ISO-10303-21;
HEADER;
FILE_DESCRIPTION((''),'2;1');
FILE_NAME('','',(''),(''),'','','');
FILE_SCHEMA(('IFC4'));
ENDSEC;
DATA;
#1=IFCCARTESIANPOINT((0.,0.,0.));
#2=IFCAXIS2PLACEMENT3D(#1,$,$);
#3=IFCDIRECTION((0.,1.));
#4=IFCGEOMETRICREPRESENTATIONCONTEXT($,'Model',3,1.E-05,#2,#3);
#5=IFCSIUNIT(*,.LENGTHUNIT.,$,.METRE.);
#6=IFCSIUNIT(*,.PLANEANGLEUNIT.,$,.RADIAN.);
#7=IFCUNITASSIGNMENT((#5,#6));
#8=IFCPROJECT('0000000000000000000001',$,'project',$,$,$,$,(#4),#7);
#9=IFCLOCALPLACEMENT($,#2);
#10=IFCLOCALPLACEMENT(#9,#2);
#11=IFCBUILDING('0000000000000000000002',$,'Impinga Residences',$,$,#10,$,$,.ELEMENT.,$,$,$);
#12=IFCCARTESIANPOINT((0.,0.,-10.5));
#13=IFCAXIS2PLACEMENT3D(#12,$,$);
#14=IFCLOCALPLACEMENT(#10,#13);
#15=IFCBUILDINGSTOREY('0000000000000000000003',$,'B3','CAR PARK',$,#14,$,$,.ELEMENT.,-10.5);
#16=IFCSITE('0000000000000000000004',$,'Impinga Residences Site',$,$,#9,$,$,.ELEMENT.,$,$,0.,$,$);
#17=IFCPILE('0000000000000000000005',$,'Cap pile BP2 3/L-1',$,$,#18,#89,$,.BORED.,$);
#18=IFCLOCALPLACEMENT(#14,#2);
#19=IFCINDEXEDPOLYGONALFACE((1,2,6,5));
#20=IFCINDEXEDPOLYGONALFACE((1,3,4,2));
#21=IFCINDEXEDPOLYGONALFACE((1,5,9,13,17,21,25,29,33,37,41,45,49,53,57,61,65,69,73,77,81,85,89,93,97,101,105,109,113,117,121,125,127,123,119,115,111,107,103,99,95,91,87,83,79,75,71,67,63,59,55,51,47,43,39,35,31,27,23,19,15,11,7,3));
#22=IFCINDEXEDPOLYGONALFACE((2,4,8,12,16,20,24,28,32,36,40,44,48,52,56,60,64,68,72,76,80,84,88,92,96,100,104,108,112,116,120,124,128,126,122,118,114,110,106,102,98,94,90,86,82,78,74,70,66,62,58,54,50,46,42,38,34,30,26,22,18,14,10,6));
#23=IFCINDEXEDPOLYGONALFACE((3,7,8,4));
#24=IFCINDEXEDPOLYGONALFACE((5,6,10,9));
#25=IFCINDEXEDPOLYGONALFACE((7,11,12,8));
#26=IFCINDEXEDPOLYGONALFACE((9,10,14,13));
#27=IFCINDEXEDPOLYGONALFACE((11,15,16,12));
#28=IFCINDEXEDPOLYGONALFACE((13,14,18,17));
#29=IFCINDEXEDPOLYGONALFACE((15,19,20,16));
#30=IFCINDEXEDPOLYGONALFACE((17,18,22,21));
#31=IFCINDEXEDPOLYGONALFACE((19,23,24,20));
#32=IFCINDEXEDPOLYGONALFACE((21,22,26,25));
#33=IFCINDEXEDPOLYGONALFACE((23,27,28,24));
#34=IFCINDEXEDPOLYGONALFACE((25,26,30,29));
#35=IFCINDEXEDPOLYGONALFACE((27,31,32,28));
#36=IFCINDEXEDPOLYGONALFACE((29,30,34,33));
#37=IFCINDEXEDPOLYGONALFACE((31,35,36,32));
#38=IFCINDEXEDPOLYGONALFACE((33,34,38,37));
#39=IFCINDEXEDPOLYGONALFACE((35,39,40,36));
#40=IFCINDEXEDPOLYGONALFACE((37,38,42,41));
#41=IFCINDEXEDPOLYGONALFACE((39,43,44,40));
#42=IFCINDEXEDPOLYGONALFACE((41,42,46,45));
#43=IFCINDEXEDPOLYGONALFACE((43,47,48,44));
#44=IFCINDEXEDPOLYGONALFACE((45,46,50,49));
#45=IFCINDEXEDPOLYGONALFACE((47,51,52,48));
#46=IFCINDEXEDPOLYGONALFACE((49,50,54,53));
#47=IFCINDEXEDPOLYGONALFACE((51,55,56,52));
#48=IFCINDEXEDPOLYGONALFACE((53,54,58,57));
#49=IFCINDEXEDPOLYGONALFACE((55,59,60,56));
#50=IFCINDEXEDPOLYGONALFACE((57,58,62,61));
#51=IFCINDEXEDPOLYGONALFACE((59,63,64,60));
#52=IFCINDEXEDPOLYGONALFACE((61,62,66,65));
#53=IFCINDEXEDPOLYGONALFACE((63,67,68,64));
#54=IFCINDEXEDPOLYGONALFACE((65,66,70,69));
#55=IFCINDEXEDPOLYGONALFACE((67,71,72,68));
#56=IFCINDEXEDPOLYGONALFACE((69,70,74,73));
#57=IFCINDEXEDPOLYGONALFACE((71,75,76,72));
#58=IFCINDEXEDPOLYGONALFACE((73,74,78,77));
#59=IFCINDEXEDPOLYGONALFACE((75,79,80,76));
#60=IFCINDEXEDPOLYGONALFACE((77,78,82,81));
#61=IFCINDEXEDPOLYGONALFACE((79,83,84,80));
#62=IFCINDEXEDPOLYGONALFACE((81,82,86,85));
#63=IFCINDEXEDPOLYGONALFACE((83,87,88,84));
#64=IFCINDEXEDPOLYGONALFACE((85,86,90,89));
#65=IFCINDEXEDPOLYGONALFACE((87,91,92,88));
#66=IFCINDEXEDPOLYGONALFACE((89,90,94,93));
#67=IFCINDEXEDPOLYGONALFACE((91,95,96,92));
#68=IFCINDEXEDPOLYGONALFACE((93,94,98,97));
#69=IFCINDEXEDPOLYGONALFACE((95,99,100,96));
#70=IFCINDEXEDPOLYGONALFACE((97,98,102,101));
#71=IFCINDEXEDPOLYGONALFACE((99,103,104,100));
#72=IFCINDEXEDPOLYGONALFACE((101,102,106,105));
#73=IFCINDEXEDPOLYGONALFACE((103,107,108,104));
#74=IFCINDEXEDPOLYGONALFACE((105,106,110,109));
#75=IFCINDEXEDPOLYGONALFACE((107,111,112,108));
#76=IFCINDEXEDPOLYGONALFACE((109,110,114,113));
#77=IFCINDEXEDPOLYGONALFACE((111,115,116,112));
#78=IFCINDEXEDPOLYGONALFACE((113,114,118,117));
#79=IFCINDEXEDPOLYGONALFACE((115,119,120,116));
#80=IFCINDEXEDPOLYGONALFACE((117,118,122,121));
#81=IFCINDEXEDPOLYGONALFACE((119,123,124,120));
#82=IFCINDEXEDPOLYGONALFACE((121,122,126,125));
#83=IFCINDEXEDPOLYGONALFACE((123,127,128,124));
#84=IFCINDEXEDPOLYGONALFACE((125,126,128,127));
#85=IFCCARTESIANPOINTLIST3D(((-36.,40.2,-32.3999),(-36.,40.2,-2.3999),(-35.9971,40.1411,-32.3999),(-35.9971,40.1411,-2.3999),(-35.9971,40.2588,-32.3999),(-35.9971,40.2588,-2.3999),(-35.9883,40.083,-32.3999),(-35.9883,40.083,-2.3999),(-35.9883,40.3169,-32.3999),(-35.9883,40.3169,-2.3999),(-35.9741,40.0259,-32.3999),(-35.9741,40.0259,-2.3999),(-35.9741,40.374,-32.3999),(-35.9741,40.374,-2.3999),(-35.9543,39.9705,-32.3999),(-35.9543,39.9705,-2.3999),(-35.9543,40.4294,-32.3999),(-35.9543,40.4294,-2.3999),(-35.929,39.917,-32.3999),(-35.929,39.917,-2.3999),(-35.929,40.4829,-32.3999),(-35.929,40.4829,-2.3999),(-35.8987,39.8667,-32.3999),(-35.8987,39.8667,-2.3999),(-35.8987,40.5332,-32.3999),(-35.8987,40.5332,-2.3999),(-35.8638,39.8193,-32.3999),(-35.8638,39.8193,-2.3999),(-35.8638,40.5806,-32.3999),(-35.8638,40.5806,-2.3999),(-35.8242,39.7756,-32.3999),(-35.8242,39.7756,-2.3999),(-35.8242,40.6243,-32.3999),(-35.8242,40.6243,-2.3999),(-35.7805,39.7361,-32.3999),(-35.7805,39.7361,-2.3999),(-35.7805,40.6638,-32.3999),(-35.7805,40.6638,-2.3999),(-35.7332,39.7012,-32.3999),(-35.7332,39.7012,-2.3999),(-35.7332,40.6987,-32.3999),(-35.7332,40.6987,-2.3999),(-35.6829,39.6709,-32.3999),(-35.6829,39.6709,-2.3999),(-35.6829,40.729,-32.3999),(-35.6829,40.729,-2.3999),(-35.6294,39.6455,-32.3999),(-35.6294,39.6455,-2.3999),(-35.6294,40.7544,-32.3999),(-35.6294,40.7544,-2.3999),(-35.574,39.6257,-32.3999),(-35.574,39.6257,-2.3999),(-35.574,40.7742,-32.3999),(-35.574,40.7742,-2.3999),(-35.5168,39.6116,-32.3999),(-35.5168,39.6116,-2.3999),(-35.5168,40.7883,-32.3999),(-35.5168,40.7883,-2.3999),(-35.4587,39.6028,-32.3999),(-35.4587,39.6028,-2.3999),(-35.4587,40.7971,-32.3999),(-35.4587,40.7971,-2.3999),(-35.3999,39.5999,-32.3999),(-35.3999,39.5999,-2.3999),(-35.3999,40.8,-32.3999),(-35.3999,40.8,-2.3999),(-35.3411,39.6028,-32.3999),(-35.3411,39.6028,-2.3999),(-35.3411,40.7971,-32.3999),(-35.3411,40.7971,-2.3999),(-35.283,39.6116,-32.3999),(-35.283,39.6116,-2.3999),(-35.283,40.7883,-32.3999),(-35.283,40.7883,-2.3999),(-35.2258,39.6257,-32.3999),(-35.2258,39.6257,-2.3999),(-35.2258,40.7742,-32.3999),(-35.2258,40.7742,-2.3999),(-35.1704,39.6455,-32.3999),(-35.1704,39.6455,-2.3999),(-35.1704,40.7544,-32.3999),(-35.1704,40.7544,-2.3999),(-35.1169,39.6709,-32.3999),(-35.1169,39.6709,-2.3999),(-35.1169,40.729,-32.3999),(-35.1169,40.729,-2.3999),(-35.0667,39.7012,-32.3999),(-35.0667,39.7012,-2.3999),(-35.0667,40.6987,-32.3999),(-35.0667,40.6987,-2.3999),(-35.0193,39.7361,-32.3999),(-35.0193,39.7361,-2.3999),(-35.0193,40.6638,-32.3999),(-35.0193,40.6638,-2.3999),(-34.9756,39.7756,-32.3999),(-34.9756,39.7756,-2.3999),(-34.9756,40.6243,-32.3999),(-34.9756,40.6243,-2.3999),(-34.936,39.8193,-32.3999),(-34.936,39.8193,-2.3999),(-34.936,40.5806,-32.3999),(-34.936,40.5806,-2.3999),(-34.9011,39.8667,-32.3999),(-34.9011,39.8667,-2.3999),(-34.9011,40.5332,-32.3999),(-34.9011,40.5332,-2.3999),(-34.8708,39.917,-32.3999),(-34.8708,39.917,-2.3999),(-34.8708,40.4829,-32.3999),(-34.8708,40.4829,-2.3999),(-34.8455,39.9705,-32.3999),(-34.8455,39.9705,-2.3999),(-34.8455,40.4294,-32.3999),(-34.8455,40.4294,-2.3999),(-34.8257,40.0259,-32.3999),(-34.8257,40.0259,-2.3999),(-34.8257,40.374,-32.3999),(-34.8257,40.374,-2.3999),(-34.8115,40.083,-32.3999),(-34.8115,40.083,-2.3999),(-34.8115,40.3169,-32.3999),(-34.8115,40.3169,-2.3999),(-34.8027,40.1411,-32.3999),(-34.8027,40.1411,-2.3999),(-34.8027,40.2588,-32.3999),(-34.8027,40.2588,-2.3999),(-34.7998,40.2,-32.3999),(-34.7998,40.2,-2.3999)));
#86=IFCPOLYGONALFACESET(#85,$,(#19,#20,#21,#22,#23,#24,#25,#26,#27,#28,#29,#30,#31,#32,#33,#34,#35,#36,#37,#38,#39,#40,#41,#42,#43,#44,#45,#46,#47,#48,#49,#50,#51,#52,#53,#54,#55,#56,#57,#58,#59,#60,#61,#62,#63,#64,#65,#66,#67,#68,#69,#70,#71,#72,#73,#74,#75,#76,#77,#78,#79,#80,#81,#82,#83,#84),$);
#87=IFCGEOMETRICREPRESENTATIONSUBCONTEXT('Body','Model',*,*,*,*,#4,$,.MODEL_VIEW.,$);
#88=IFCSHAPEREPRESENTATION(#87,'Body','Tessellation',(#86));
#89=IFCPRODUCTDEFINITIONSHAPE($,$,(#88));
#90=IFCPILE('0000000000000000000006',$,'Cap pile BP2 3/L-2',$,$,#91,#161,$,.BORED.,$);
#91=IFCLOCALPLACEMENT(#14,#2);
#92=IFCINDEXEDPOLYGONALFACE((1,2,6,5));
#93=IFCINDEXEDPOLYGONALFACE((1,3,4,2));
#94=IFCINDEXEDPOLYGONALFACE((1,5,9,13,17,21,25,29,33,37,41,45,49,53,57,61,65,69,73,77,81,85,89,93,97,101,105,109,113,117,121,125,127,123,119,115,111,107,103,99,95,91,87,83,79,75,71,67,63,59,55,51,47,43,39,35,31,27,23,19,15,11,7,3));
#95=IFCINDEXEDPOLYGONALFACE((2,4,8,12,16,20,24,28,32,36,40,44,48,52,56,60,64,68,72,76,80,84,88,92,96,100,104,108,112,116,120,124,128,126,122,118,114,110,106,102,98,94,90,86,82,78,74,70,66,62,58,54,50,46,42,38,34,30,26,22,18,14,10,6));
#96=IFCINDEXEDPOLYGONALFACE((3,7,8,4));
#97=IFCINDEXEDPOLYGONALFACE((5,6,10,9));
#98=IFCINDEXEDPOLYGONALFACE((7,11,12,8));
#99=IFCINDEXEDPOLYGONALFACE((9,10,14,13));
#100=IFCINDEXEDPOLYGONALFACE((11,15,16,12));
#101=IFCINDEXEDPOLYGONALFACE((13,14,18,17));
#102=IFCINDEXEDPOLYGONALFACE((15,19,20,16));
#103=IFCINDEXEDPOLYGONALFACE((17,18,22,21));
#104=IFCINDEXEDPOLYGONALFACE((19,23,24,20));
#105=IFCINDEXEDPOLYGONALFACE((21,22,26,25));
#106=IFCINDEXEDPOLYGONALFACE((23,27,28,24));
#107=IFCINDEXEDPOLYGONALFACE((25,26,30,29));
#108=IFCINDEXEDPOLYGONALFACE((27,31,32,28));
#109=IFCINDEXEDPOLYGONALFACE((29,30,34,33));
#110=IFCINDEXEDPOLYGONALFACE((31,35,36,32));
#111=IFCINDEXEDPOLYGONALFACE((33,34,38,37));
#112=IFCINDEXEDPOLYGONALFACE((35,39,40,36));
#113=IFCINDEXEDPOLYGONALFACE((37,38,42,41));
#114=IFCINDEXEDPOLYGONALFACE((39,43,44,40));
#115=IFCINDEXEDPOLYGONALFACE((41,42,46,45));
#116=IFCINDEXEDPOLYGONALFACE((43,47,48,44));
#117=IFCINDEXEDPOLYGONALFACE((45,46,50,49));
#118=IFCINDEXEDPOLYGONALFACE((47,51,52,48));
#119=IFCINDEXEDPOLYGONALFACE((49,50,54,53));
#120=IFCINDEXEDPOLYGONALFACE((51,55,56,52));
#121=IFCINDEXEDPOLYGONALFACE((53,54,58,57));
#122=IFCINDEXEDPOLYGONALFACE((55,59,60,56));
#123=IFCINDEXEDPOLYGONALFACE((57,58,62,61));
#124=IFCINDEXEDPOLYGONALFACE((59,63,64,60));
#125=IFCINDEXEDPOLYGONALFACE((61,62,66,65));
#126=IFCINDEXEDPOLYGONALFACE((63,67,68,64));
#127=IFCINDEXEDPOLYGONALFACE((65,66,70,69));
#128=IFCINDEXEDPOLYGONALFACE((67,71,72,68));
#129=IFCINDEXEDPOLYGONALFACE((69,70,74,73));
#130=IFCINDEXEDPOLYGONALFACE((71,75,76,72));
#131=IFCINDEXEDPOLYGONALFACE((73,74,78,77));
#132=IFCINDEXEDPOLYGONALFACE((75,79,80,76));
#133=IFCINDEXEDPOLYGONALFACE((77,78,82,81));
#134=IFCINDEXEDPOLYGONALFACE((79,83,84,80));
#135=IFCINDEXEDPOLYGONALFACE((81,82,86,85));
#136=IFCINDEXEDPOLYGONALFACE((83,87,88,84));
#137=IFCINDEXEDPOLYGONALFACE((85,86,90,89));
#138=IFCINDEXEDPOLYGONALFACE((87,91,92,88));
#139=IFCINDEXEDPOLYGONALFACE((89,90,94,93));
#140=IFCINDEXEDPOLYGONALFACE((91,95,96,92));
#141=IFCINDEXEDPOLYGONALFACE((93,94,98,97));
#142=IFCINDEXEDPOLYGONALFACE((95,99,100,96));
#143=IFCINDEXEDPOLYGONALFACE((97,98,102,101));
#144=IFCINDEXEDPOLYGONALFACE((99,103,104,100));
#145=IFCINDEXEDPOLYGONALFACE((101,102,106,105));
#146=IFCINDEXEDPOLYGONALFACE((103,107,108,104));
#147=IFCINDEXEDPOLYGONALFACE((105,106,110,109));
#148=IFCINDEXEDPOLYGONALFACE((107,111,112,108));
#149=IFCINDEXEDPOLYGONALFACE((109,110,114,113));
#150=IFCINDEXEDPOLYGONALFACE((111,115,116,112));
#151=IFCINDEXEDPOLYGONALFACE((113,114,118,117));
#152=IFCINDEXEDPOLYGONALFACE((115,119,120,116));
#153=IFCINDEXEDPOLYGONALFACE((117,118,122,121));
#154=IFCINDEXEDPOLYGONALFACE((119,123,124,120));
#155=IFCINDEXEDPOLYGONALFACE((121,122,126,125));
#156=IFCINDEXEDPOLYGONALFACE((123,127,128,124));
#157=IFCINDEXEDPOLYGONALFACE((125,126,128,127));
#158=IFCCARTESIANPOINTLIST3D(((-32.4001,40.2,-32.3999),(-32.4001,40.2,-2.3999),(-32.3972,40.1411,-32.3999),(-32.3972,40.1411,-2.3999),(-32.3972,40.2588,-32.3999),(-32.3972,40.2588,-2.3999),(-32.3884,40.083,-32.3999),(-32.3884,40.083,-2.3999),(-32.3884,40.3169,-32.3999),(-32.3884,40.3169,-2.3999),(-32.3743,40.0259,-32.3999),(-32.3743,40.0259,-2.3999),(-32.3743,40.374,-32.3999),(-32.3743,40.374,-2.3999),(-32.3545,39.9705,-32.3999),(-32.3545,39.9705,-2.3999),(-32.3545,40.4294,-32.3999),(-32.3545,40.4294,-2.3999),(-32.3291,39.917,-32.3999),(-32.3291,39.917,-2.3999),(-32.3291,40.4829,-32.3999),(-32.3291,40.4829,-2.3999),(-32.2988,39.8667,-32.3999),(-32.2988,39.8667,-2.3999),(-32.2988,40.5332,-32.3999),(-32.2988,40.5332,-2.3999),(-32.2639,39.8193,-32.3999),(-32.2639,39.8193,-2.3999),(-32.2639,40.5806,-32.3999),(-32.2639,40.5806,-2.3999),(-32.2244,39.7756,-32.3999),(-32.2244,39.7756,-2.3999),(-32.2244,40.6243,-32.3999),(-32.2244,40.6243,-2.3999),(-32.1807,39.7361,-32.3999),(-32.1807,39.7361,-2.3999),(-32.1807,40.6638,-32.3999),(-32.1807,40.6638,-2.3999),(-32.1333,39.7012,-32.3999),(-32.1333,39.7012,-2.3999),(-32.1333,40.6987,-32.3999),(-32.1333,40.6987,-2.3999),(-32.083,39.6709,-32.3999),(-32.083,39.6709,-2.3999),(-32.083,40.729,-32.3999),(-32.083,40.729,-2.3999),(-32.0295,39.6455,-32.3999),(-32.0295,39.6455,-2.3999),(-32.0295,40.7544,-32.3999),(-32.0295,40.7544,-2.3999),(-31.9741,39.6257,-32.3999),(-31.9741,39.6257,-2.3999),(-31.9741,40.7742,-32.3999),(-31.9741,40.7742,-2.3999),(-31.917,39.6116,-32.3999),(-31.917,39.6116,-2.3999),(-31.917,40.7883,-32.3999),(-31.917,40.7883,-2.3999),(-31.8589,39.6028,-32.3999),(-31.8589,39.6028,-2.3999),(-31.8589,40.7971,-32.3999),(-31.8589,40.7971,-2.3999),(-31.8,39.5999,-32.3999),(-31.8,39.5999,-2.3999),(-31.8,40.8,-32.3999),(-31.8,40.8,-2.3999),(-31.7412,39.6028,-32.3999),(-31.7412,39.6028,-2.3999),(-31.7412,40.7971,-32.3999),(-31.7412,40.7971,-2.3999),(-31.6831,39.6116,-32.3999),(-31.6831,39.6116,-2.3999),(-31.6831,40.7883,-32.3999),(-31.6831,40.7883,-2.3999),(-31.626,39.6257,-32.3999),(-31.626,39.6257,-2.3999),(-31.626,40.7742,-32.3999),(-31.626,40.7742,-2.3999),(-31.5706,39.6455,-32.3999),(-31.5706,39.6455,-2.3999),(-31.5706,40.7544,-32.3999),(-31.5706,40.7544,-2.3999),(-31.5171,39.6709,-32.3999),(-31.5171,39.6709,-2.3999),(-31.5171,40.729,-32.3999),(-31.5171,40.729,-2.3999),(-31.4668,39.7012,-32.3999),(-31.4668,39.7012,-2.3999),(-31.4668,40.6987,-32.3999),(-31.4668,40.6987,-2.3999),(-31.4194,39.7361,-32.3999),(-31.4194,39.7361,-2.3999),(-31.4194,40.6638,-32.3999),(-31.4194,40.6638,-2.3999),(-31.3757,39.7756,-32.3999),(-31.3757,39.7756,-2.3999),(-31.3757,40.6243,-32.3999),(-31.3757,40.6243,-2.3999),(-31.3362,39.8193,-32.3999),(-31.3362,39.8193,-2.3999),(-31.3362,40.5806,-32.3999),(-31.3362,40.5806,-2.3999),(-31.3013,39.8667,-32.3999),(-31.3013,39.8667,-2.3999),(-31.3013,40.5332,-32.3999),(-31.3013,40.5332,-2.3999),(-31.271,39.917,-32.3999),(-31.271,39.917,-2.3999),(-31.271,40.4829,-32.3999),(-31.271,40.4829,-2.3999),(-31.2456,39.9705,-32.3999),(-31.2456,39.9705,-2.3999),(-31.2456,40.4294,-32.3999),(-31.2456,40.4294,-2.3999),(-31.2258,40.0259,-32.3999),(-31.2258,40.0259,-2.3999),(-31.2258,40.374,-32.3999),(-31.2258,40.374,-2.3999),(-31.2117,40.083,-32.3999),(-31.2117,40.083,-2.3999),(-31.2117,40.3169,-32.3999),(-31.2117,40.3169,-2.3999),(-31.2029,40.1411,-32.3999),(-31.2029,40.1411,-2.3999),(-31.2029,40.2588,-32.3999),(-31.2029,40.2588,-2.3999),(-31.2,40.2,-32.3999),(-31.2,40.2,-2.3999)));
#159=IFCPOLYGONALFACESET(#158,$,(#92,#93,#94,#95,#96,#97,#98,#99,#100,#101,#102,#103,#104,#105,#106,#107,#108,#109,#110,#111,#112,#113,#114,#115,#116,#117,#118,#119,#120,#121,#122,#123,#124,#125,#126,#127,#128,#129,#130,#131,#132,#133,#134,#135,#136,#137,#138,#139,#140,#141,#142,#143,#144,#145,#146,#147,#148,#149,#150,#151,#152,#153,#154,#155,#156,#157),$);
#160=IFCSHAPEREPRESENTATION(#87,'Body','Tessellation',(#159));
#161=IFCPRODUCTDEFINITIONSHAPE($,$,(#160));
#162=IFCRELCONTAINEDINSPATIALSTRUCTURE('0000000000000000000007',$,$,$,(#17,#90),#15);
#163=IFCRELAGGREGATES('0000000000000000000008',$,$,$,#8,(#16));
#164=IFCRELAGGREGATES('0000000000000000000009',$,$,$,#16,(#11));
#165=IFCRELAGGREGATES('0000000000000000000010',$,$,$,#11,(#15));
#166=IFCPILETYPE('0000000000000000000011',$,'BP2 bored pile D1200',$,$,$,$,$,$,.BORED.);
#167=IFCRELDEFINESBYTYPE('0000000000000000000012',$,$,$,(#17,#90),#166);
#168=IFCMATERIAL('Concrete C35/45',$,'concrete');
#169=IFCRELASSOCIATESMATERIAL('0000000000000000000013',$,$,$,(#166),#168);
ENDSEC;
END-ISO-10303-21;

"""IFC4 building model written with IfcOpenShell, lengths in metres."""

from ifc_helpers import new_model, si_unit, direction, frame, origin, origin_2d, place, context, subcontext, project, spatial, polyline, circle, outline, extrude, material, material_profile, profile_set, type_object, element, save


model = new_model("IFC4")

# Units and contexts
model_context = context("Model", 3, precision=1e-05, world=origin(), true_north=direction((0.0, 1.0)))
body_context = subcontext(model_context, "Body", "Model", "MODEL_VIEW")
ifc_project = project(units=[si_unit("LENGTHUNIT", "METRE"), si_unit("PLANEANGLEUNIT", "RADIAN")], contexts=[model_context])

# Site, building, storey
site_placement = place(None, origin())
site = spatial("IfcSite", under=ifc_project, at=site_placement, Name="Impinga Residences Site", CompositionType="ELEMENT", RefElevation=0.0)
building_placement = place(site_placement, origin())
building = spatial("IfcBuilding", under=site, at=building_placement, Name="Impinga Residences", CompositionType="ELEMENT")
storey_placement = place(building_placement, frame((0.0, 0.0, -10.5)))
storey = spatial("IfcBuildingStorey", under=building, at=storey_placement, Name="B3", Description="CAR PARK", CompositionType="ELEMENT", Elevation=-10.5)

# Piles
ifc_material_1 = material(Name="Concrete C35/45", Category="concrete")
ifc_material_profile_1 = material_profile(ifc_material_1, circle(Radius=0.6001, at=origin_2d()), Name="D1200")
ifc_profile_set_1 = profile_set([ifc_material_profile_1], Name="Concrete C35/45")
pile_type = type_object("IfcPileType", Name="BP2 bored pile D1200", PredefinedType="BORED", material=ifc_profile_set_1)
pile_1_placement = place(storey_placement, frame((-35.3999, 40.2, -2.3999), z_axis=(0.0, 0.0, -1.0), x_axis=(1.0, 0.0, 0.0)))
element("IfcPile", 1, at=pile_1_placement, inside=storey, type_object=pile_type, Name="Cap pile BP2 3/L-1", PredefinedType="BORED", context=body_context, shape_type="SweptSolid", body=[
    extrude(outline(polyline([(0.6001, 0.0), (0.5972, 0.0588), (0.5884, 0.1169), (0.5742, 0.1741), (0.5544, 0.2295), (0.5291, 0.283), (0.4988, 0.3333), (0.4639, 0.3806), (0.4243, 0.4243), (0.3806, 0.4639), (0.3333, 0.4988), (0.283, 0.5291), (0.2295, 0.5544), (0.1741, 0.5742), (0.1169, 0.5884), (0.0588, 0.5972), (0.0, 0.6001), (-0.0588, 0.5972), (-0.1169, 0.5884), (-0.1741, 0.5742), (-0.2295, 0.5544), (-0.283, 0.5291), (-0.3333, 0.4988), (-0.3806, 0.4639), (-0.4243, 0.4243), (-0.4639, 0.3806), (-0.4988, 0.3333), (-0.5291, 0.283), (-0.5544, 0.2295), (-0.5742, 0.1741), (-0.5884, 0.1169), (-0.5972, 0.0588), (-0.6001, 0.0), (-0.5972, -0.0588), (-0.5884, -0.1169), (-0.5742, -0.1741), (-0.5544, -0.2295), (-0.5291, -0.283), (-0.4988, -0.3333), (-0.4639, -0.3806), (-0.4243, -0.4243), (-0.3806, -0.4639), (-0.3333, -0.4988), (-0.283, -0.5291), (-0.2295, -0.5544), (-0.1741, -0.5742), (-0.1169, -0.5884), (-0.0588, -0.5972), (0.0, -0.6001), (0.0588, -0.5972), (0.1169, -0.5884), (0.1741, -0.5742), (0.2295, -0.5544), (0.283, -0.5291), (0.3333, -0.4988), (0.3806, -0.4639), (0.4243, -0.4243), (0.4639, -0.3806), (0.4988, -0.3333), (0.5291, -0.283), (0.5544, -0.2295), (0.5742, -0.1741), (0.5884, -0.1169), (0.5972, -0.0588), (0.6001, 0.0)])), origin(), (0.0, 0.0, 1.0), 30.0),
])
pile_2_placement = place(storey_placement, frame((-31.8, 40.2, -2.3999), z_axis=(0.0, 0.0, -1.0), x_axis=(1.0, 0.0, 0.0)))
element("IfcPile", 2, at=pile_2_placement, inside=storey, type_object=pile_type, Name="Cap pile BP2 3/L-2", PredefinedType="BORED", context=body_context, shape_type="SweptSolid", body=[
    extrude(outline(polyline([(0.6001, 0.0), (0.5972, 0.0588), (0.5884, 0.1169), (0.5742, 0.1741), (0.5544, 0.2295), (0.5291, 0.283), (0.4988, 0.3333), (0.4639, 0.3806), (0.4243, 0.4243), (0.3806, 0.4639), (0.3333, 0.4988), (0.283, 0.5291), (0.2295, 0.5544), (0.1741, 0.5742), (0.1169, 0.5884), (0.0588, 0.5972), (0.0, 0.6001), (-0.0588, 0.5972), (-0.1169, 0.5884), (-0.1741, 0.5742), (-0.2295, 0.5544), (-0.283, 0.5291), (-0.3333, 0.4988), (-0.3806, 0.4639), (-0.4243, 0.4243), (-0.4639, 0.3806), (-0.4988, 0.3333), (-0.5291, 0.283), (-0.5544, 0.2295), (-0.5742, 0.1741), (-0.5884, 0.1169), (-0.5972, 0.0588), (-0.6001, 0.0), (-0.5972, -0.0588), (-0.5884, -0.1169), (-0.5742, -0.1741), (-0.5544, -0.2295), (-0.5291, -0.283), (-0.4988, -0.3333), (-0.4639, -0.3806), (-0.4243, -0.4243), (-0.3806, -0.4639), (-0.3333, -0.4988), (-0.283, -0.5291), (-0.2295, -0.5544), (-0.1741, -0.5742), (-0.1169, -0.5884), (-0.0588, -0.5972), (0.0, -0.6001), (0.0588, -0.5972), (0.1169, -0.5884), (0.1741, -0.5742), (0.2295, -0.5544), (0.283, -0.5291), (0.3333, -0.4988), (0.3806, -0.4639), (0.4243, -0.4243), (0.4639, -0.3806), (0.4988, -0.3333), (0.5291, -0.283), (0.5544, -0.2295), (0.5742, -0.1741), (0.5884, -0.1169), (0.5972, -0.0588), (0.6001, 0.0)])), origin(), (0.0, 0.0, 1.0), 30.0),
])

save(model, "model.ifc")
